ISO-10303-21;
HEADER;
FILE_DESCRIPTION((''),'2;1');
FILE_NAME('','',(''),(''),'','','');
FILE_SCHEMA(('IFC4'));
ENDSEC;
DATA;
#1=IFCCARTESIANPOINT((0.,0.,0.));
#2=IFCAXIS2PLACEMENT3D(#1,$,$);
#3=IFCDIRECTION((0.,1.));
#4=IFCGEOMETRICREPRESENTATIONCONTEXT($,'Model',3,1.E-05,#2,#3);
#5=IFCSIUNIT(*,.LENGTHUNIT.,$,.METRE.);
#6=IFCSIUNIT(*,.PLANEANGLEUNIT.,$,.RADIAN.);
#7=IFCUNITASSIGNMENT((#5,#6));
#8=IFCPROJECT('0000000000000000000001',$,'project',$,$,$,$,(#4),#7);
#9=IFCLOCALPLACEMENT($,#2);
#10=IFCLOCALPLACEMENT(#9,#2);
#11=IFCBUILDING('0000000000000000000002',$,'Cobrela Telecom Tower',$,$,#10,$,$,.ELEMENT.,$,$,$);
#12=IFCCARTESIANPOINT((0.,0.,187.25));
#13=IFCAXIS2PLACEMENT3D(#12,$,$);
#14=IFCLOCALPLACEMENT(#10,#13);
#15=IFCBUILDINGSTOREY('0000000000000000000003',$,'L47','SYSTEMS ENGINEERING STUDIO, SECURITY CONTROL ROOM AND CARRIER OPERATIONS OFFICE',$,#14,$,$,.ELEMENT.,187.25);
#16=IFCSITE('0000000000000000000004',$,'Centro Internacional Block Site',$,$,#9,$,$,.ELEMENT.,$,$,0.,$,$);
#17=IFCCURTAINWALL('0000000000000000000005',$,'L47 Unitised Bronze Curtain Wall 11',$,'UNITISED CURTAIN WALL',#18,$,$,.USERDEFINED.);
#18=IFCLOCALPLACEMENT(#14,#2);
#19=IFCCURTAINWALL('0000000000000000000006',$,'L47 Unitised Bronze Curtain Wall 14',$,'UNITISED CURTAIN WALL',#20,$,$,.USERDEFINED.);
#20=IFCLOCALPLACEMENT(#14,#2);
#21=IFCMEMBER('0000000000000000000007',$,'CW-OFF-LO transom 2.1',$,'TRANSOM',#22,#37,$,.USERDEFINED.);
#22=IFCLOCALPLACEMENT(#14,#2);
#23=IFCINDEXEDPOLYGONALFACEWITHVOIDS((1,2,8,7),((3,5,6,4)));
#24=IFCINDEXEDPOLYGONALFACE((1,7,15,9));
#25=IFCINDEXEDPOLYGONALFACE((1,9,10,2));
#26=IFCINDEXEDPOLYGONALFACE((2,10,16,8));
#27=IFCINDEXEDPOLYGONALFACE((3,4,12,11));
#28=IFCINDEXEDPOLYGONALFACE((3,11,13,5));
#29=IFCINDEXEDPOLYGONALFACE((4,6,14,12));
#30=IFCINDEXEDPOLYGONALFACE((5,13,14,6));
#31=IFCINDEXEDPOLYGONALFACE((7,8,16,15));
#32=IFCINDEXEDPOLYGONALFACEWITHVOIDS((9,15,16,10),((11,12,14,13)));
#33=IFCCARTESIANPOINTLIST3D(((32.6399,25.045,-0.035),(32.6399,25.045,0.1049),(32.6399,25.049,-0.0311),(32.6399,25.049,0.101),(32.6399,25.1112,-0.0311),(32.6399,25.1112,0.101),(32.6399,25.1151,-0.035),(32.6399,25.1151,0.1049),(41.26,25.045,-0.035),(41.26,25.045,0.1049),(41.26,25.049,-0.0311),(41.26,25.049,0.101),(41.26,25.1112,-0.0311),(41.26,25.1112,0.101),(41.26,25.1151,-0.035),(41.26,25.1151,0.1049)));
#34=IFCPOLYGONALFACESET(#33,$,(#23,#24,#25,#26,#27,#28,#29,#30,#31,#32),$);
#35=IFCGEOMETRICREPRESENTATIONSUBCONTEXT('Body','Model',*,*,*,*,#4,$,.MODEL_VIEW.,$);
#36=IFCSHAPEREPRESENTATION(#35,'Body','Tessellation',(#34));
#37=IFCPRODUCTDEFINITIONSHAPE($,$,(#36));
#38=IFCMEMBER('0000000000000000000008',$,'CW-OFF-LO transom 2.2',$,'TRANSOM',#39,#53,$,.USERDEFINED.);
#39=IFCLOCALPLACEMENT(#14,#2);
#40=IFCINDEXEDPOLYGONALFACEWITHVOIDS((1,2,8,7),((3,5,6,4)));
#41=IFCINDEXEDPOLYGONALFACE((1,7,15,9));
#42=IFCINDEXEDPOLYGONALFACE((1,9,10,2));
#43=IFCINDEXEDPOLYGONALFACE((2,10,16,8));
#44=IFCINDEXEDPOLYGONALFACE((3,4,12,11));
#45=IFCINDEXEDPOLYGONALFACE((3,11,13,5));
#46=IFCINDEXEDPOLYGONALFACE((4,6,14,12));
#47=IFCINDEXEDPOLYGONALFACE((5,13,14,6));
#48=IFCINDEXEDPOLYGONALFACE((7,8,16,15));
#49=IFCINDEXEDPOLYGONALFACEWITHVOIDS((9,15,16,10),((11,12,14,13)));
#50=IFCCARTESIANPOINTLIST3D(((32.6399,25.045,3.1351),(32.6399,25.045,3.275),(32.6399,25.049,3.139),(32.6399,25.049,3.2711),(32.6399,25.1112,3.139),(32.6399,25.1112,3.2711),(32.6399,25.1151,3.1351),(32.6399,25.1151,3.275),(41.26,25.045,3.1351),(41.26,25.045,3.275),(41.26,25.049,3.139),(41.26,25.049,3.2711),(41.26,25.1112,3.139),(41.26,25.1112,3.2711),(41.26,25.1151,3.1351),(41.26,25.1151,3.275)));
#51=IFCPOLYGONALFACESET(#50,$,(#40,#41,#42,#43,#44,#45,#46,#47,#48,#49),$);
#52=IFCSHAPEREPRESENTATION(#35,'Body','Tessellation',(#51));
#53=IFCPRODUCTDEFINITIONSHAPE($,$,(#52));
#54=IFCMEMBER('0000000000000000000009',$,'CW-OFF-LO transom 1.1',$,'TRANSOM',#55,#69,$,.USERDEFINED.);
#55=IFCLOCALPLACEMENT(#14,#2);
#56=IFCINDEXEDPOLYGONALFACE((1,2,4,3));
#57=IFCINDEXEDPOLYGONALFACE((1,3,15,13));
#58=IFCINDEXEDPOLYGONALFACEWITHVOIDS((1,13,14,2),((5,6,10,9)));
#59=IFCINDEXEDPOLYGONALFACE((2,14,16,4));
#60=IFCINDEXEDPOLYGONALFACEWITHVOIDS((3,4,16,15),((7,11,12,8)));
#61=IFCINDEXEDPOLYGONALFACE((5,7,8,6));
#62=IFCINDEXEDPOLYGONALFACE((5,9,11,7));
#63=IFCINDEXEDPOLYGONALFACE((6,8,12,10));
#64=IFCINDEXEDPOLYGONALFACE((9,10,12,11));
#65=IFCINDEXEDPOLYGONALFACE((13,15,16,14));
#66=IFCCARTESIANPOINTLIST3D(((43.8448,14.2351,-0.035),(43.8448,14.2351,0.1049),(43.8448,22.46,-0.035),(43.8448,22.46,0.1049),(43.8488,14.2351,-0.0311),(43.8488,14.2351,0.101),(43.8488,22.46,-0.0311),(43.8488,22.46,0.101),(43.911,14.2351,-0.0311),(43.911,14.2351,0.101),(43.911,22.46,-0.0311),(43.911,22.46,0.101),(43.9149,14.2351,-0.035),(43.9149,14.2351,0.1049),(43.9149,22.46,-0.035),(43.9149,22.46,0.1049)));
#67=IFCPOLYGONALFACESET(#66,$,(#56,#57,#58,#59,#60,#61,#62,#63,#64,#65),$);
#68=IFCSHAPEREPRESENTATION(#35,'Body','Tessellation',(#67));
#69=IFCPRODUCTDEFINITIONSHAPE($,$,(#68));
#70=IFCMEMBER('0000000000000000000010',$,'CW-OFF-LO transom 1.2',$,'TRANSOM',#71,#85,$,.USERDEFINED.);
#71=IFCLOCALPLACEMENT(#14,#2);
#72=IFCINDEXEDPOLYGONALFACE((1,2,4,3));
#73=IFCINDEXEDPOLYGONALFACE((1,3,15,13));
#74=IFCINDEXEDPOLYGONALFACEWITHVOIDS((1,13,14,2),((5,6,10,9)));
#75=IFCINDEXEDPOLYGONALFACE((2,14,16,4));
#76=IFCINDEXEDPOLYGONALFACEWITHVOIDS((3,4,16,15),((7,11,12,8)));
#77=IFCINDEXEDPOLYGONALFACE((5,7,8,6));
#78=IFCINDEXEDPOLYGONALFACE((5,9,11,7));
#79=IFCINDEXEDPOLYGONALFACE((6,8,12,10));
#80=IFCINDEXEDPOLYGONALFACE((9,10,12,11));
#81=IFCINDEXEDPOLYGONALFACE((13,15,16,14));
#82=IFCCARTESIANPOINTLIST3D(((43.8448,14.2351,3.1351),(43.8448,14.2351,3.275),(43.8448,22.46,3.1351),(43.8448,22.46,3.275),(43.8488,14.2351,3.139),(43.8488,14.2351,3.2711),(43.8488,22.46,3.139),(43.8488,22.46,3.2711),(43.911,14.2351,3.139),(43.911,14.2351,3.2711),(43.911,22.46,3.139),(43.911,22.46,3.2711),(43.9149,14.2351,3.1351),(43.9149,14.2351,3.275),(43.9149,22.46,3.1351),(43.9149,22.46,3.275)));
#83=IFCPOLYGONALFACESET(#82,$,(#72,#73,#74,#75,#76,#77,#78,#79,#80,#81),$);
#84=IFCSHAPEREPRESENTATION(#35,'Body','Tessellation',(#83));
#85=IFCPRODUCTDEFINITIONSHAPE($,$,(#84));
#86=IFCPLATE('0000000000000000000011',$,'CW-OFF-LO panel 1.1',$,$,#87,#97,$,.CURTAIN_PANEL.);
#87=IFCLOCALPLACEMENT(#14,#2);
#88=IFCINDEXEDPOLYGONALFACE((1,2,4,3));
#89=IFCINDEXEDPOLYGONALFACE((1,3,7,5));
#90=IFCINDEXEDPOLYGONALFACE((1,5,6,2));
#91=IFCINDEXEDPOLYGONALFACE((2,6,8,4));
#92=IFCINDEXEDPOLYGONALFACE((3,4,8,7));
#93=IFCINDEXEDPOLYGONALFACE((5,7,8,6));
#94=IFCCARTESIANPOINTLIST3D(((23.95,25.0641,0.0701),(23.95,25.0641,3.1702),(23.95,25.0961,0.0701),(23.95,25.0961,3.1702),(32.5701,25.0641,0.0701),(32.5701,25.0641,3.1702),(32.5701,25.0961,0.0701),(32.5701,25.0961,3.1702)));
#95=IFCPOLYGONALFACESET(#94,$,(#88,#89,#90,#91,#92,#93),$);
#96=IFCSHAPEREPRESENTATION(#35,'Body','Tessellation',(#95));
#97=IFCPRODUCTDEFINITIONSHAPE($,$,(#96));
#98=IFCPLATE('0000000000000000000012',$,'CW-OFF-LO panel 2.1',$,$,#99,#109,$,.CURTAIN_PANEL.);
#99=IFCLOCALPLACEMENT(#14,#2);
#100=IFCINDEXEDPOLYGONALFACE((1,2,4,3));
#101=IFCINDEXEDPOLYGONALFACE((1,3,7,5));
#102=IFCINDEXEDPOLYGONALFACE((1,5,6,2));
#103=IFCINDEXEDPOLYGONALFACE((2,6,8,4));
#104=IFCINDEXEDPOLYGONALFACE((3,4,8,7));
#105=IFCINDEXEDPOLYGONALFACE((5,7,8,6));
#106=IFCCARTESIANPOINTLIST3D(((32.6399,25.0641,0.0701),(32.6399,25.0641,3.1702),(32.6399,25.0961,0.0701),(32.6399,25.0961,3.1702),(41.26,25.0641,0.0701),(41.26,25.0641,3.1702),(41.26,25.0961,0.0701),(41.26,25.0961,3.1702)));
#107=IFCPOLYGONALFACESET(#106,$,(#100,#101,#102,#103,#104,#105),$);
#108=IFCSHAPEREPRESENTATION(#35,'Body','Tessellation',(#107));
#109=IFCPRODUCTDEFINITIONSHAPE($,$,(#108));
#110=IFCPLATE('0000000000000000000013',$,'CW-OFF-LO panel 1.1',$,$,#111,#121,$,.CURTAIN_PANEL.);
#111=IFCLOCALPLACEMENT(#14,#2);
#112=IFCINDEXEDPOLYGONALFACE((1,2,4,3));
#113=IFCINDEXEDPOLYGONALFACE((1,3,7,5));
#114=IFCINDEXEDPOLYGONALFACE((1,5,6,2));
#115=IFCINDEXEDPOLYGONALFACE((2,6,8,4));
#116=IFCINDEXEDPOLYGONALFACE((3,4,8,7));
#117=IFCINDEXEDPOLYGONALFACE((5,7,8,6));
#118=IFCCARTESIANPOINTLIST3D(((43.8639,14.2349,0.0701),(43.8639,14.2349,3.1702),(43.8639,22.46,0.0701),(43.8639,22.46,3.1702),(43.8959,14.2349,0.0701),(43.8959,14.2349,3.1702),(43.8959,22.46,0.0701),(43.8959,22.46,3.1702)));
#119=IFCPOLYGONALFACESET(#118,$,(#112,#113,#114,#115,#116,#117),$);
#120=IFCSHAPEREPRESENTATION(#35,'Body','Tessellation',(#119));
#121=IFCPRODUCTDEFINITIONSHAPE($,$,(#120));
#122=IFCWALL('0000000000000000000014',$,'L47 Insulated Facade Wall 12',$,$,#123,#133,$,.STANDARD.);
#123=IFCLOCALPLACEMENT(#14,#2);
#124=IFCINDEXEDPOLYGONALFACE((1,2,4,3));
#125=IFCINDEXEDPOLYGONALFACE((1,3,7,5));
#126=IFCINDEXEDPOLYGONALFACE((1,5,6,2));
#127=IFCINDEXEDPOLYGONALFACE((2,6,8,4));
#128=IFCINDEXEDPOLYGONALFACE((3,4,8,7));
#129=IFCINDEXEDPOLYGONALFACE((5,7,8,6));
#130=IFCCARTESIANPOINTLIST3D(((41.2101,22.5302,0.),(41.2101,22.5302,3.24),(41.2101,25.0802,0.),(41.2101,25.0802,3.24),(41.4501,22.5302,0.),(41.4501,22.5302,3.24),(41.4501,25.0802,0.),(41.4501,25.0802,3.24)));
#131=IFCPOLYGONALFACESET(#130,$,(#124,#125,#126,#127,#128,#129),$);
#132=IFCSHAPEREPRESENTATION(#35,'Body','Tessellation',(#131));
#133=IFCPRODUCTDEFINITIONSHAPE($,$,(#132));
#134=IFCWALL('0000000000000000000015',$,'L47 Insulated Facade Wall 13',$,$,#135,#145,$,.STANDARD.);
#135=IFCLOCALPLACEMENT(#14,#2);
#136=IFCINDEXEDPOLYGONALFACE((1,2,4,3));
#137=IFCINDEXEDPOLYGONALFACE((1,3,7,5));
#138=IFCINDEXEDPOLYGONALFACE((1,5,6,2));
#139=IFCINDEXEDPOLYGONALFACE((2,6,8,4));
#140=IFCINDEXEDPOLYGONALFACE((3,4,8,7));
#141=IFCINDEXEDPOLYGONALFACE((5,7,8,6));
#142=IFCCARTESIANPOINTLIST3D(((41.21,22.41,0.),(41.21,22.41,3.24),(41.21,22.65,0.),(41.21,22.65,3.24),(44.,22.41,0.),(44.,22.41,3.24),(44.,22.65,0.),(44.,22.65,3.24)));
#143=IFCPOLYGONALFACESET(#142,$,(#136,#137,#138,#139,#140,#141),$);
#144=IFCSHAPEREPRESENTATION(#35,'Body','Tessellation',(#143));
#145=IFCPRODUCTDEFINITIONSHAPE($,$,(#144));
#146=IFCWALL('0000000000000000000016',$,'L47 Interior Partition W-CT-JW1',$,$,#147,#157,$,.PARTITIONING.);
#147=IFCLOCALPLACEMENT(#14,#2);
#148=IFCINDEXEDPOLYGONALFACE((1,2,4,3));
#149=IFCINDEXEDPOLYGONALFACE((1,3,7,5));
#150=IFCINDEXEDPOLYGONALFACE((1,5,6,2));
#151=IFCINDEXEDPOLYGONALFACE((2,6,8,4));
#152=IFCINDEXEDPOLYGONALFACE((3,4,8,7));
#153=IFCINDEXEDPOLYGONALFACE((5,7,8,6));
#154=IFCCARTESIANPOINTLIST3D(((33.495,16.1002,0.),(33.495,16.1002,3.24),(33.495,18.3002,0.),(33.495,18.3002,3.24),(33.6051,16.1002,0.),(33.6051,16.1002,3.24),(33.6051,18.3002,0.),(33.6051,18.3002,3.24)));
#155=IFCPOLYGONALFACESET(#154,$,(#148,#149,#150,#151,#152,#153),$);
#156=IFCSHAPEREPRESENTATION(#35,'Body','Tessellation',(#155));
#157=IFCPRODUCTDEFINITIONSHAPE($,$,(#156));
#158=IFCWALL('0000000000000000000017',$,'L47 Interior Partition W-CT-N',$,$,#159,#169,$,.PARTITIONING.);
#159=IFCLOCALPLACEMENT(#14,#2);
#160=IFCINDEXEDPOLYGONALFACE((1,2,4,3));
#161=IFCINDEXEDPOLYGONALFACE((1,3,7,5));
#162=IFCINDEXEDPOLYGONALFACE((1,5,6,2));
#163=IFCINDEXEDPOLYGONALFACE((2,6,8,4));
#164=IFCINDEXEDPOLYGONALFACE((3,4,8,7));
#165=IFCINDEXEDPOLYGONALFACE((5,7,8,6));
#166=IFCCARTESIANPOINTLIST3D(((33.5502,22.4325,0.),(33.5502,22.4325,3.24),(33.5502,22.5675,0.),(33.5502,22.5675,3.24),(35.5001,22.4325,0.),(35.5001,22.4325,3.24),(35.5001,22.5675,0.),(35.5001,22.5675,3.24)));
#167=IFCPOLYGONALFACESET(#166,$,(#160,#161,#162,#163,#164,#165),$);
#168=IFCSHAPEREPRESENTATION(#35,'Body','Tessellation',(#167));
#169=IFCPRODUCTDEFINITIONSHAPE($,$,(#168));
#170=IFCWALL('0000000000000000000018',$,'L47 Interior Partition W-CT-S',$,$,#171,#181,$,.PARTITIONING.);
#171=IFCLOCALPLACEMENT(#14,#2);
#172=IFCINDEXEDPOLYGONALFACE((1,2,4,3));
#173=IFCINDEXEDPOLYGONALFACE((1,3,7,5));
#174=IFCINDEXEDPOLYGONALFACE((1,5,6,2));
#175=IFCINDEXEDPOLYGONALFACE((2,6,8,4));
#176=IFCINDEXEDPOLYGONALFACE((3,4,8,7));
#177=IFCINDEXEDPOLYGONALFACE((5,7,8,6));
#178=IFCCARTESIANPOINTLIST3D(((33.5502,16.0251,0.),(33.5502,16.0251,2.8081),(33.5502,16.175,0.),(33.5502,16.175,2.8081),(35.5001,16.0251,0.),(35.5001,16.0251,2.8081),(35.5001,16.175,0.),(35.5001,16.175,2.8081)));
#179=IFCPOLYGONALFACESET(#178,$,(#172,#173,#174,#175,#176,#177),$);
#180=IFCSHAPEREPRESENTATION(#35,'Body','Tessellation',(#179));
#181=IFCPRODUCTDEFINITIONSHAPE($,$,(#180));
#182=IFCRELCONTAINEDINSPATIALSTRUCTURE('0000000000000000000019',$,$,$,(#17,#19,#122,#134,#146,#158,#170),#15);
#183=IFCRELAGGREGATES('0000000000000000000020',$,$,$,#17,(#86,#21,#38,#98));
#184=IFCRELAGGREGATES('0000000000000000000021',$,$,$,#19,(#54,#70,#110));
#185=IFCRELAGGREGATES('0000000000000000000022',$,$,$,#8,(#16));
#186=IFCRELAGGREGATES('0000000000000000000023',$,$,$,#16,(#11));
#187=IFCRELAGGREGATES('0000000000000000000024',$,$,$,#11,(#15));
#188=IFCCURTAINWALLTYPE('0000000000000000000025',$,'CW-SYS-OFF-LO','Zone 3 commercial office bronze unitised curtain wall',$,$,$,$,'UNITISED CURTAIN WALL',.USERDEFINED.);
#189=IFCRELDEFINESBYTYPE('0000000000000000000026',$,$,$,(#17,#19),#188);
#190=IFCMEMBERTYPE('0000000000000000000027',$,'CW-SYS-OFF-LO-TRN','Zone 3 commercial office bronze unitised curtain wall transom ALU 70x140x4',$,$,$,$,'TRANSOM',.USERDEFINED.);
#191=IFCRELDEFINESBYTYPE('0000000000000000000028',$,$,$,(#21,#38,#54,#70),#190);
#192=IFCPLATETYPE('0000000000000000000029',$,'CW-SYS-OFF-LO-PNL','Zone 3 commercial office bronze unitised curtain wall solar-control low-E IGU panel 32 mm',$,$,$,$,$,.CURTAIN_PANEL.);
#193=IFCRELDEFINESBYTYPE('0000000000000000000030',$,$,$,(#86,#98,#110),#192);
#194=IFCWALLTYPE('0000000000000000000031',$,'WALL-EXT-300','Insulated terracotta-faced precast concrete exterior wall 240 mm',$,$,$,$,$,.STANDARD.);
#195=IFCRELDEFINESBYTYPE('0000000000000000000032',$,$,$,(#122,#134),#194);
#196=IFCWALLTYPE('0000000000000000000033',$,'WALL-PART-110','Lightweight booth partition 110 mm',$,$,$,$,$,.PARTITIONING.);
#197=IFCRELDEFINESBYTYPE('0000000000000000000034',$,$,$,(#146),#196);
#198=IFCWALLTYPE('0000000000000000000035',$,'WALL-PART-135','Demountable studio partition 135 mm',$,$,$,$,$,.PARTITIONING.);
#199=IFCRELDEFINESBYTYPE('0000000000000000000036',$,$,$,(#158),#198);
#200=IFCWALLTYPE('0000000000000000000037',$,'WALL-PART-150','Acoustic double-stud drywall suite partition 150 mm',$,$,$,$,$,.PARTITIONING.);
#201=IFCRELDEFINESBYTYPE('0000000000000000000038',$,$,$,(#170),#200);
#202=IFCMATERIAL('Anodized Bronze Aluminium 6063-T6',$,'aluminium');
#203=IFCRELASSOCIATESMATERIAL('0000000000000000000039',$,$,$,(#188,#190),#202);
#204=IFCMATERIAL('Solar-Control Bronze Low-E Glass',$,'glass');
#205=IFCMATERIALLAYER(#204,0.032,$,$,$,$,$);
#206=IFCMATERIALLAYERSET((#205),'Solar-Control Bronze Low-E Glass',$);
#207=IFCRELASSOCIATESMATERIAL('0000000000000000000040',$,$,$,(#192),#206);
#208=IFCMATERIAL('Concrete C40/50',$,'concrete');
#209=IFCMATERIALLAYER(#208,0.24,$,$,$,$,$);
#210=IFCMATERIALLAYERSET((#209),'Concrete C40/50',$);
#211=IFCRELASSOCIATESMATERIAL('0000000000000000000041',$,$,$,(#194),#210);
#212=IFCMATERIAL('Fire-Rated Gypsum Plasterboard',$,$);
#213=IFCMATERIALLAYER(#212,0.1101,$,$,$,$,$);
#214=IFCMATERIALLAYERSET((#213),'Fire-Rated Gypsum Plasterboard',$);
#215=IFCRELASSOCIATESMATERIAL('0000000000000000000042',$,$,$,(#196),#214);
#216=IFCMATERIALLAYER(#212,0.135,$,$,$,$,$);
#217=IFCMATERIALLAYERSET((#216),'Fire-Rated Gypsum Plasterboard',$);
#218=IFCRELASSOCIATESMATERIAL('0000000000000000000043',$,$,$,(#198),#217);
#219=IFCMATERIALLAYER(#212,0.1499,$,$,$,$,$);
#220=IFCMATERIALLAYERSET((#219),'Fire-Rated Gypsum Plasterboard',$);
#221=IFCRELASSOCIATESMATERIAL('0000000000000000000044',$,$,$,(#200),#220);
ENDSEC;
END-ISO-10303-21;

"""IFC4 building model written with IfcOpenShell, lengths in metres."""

from ifc_helpers import new_model, si_unit, direction, frame, frame_2d, origin, origin_2d, place, context, subcontext, project, spatial, rectangle, hollow_rectangle, extrude, material, layer, layer_set, material_profile, profile_set, type_object, element, aggregate, save


model = new_model("IFC4")

# Units and contexts
model_context = context("Model", 3, precision=1e-05, world=origin(), true_north=direction((0.0, 1.0)))
body_context = subcontext(model_context, "Body", "Model", "MODEL_VIEW")
ifc_project = project(units=[si_unit("LENGTHUNIT", "METRE"), si_unit("PLANEANGLEUNIT", "RADIAN")], contexts=[model_context])

# Site, building, storey
site_placement = place(None, origin())
site = spatial("IfcSite", under=ifc_project, at=site_placement, Name="Centro Internacional Block Site", CompositionType="ELEMENT", RefElevation=0.0)
building_placement = place(site_placement, origin())
building = spatial("IfcBuilding", under=site, at=building_placement, Name="Cobrela Telecom Tower", CompositionType="ELEMENT")
storey_placement = place(building_placement, frame((0.0, 0.0, 187.25)))
storey = spatial("IfcBuildingStorey", under=building, at=storey_placement, Name="L47", Description="SYSTEMS ENGINEERING STUDIO, SECURITY CONTROL ROOM AND CARRIER OPERATIONS OFFICE", CompositionType="ELEMENT", Elevation=187.25)

# Curtain wall
ifc_material_1 = material(Name="Anodized Bronze Aluminium 6063-T6", Category="aluminium")
curtain_wall_type = type_object("IfcCurtainWallType", Name="CW-SYS-OFF-LO", Description="Zone 3 commercial office bronze unitised curtain wall", ElementType="UNITISED CURTAIN WALL", PredefinedType="USERDEFINED", material=ifc_material_1)
curtain_wall_1_placement = place(storey_placement, origin())
curtain_wall_1 = element("IfcCurtainWall", 1, at=curtain_wall_1_placement, inside=storey, type_object=curtain_wall_type, Name="L47 Unitised Bronze Curtain Wall 11", ObjectType="UNITISED CURTAIN WALL", PredefinedType="USERDEFINED")

# Curtain wall
curtain_wall_2_placement = place(storey_placement, origin())
curtain_wall_2 = element("IfcCurtainWall", 2, at=curtain_wall_2_placement, inside=storey, type_object=curtain_wall_type, Name="L47 Unitised Bronze Curtain Wall 14", ObjectType="UNITISED CURTAIN WALL", PredefinedType="USERDEFINED")

# Members
ifc_material_profile_1 = material_profile(ifc_material_1, hollow_rectangle(XDim=0.0701, YDim=0.1399, WallThickness=0.0039, at=origin_2d()), Name="ALU 70x140x4")
ifc_profile_set_1 = profile_set([ifc_material_profile_1], Name="Anodized Bronze Aluminium 6063-T6")
member_type_1 = type_object("IfcMemberType", Name="CW-SYS-OFF-LO-TRN", Description="Zone 3 commercial office bronze unitised curtain wall transom ALU 70x140x4", ElementType="TRANSOM", PredefinedType="USERDEFINED", material=ifc_profile_set_1)
member_1_placement = place(storey_placement, frame((32.6399, 25.0801, 0.0349), z_axis=(1.0, 0.0, 0.0), x_axis=(0.0, 1.0, 0.0)))
member_1 = element("IfcMember", 3, at=member_1_placement, type_object=member_type_1, Name="CW-OFF-LO transom 2.1", ObjectType="TRANSOM", PredefinedType="USERDEFINED", context=body_context, shape_type="SweptSolid", body=[
    extrude(hollow_rectangle(XDim=0.0701, YDim=0.1399, WallThickness=0.0039, at=origin_2d()), origin(), (0.0, 0.0, 1.0), 8.6201),
])
member_2_placement = place(storey_placement, frame((32.6399, 25.0801, 3.2051), z_axis=(1.0, 0.0, 0.0), x_axis=(0.0, 1.0, 0.0)))
member_2 = element("IfcMember", 4, at=member_2_placement, type_object=member_type_1, Name="CW-OFF-LO transom 2.2", ObjectType="TRANSOM", PredefinedType="USERDEFINED", context=body_context, shape_type="SweptSolid", body=[
    extrude(hollow_rectangle(XDim=0.0701, YDim=0.1399, WallThickness=0.0039, at=origin_2d()), origin(), (0.0, 0.0, 1.0), 8.6201),
])
member_3_placement = place(storey_placement, frame((43.8799, 22.46, 0.0349), z_axis=(0.0, -1.0, 0.0), x_axis=(1.0, 0.0, 0.0)))
member_3 = element("IfcMember", 5, at=member_3_placement, type_object=member_type_1, Name="CW-OFF-LO transom 1.1", ObjectType="TRANSOM", PredefinedType="USERDEFINED", context=body_context, shape_type="SweptSolid", body=[
    extrude(hollow_rectangle(XDim=0.0701, YDim=0.1399, WallThickness=0.0039, at=origin_2d()), origin(), (0.0, 0.0, 1.0), 8.2249),
])
member_4_placement = place(storey_placement, frame((43.8799, 22.46, 3.2051), z_axis=(0.0, -1.0, 0.0), x_axis=(1.0, 0.0, 0.0)))
member_4 = element("IfcMember", 6, at=member_4_placement, type_object=member_type_1, Name="CW-OFF-LO transom 1.2", ObjectType="TRANSOM", PredefinedType="USERDEFINED", context=body_context, shape_type="SweptSolid", body=[
    extrude(hollow_rectangle(XDim=0.0701, YDim=0.1399, WallThickness=0.0039, at=origin_2d()), origin(), (0.0, 0.0, 1.0), 8.2249),
])

# Plates
ifc_material_2 = material(Name="Solar-Control Bronze Low-E Glass", Category="glass")
ifc_layer_1 = layer(ifc_material_2, 0.032)
ifc_layer_set_1 = layer_set([ifc_layer_1], Name="Solar-Control Bronze Low-E Glass")
plate_type = type_object("IfcPlateType", Name="CW-SYS-OFF-LO-PNL", Description="Zone 3 commercial office bronze unitised curtain wall solar-control low-E IGU panel 32 mm", PredefinedType="CURTAIN_PANEL", material=ifc_layer_set_1)
plate_1_placement = place(storey_placement, frame((28.26, 25.0801, 0.0701), z_axis=(0.0, 0.0, 1.0), x_axis=(1.0, 0.0, 0.0)))
plate_1 = element("IfcPlate", 7, at=plate_1_placement, type_object=plate_type, Name="CW-OFF-LO panel 1.1", PredefinedType="CURTAIN_PANEL", context=body_context, shape_type="SweptSolid", body=[
    extrude(rectangle(XDim=8.6201, YDim=0.032, at=origin_2d()), origin(), (0.0, 0.0, 1.0), 3.1001),
])
plate_2_placement = place(storey_placement, frame((36.95, 25.0801, 0.0701), z_axis=(0.0, 0.0, 1.0), x_axis=(1.0, 0.0, 0.0)))
plate_2 = element("IfcPlate", 8, at=plate_2_placement, type_object=plate_type, Name="CW-OFF-LO panel 2.1", PredefinedType="CURTAIN_PANEL", context=body_context, shape_type="SweptSolid", body=[
    extrude(rectangle(XDim=8.6201, YDim=0.032, at=origin_2d()), origin(), (0.0, 0.0, 1.0), 3.1001),
])
aggregate(curtain_wall_1, [plate_1, member_1, member_2, plate_2])
plate_3_placement = place(storey_placement, frame((43.8799, 18.3474, 0.0701), z_axis=(0.0, 0.0, 1.0), x_axis=(0.0, -1.0, 0.0)))
plate_3 = element("IfcPlate", 9, at=plate_3_placement, type_object=plate_type, Name="CW-OFF-LO panel 1.1", PredefinedType="CURTAIN_PANEL", context=body_context, shape_type="SweptSolid", body=[
    extrude(rectangle(XDim=8.2251, YDim=0.032, at=origin_2d()), origin(), (0.0, 0.0, 1.0), 3.1001),
])
aggregate(curtain_wall_2, [member_3, member_4, plate_3])

# Walls
ifc_material_3 = material(Name="Concrete C40/50", Category="concrete")
ifc_layer_2 = layer(ifc_material_3, 0.24)
ifc_layer_set_2 = layer_set([ifc_layer_2], Name="Concrete C40/50")
wall_type_1 = type_object("IfcWallType", Name="WALL-EXT-300", Description="Insulated terracotta-faced precast concrete exterior wall 240 mm", PredefinedType="STANDARD", material=ifc_layer_set_2)
wall_1_placement = place(storey_placement, frame((41.3301, 25.0801, 0.0), z_axis=(0.0, 0.0, 1.0), x_axis=(0.0, -1.0, 0.0)))
element("IfcWall", 10, at=wall_1_placement, inside=storey, type_object=wall_type_1, Name="L47 Insulated Facade Wall 12", PredefinedType="STANDARD", context=body_context, shape_type="SweptSolid", body=[
    extrude(rectangle(XDim=2.55, YDim=0.24, at=frame_2d((1.2749, 0.0))), origin(), (0.0, 0.0, 1.0), 3.24),
])
wall_2_placement = place(storey_placement, frame((41.21, 22.53, 0.0), z_axis=(0.0, 0.0, 1.0), x_axis=(1.0, 0.0, 0.0)))
element("IfcWall", 11, at=wall_2_placement, inside=storey, type_object=wall_type_1, Name="L47 Insulated Facade Wall 13", PredefinedType="STANDARD", context=body_context, shape_type="SweptSolid", body=[
    extrude(rectangle(XDim=2.79, YDim=0.24, at=frame_2d((1.395, 0.0))), origin(), (0.0, 0.0, 1.0), 3.24),
])
ifc_material_4 = material(Name="Fire-Rated Gypsum Plasterboard")
ifc_layer_3 = layer(ifc_material_4, 0.1101)
ifc_layer_set_3 = layer_set([ifc_layer_3], Name="Fire-Rated Gypsum Plasterboard")
wall_type_2 = type_object("IfcWallType", Name="WALL-PART-110", Description="Lightweight booth partition 110 mm", PredefinedType="PARTITIONING", material=ifc_layer_set_3)
wall_3_placement = place(storey_placement, frame((33.55, 16.1001, 0.0), z_axis=(0.0, 0.0, 1.0), x_axis=(0.0, 1.0, 0.0)))
element("IfcWall", 12, at=wall_3_placement, inside=storey, type_object=wall_type_2, Name="L47 Interior Partition W-CT-JW1", PredefinedType="PARTITIONING", context=body_context, shape_type="SweptSolid", body=[
    extrude(rectangle(XDim=2.2, YDim=0.1101, at=frame_2d((1.1001, 0.0))), origin(), (0.0, 0.0, 1.0), 3.24),
])
ifc_layer_4 = layer(ifc_material_4, 0.135)
ifc_layer_set_4 = layer_set([ifc_layer_4], Name="Fire-Rated Gypsum Plasterboard")
wall_type_3 = type_object("IfcWallType", Name="WALL-PART-135", Description="Demountable studio partition 135 mm", PredefinedType="PARTITIONING", material=ifc_layer_set_4)
wall_4_placement = place(storey_placement, frame((33.55, 22.5, 0.0), z_axis=(0.0, 0.0, 1.0), x_axis=(1.0, 0.0, 0.0)))
element("IfcWall", 13, at=wall_4_placement, inside=storey, type_object=wall_type_3, Name="L47 Interior Partition W-CT-N", PredefinedType="PARTITIONING", context=body_context, shape_type="SweptSolid", body=[
    extrude(rectangle(XDim=1.95, YDim=0.135, at=frame_2d((0.9751, 0.0))), origin(), (0.0, 0.0, 1.0), 3.24),
])
ifc_layer_5 = layer(ifc_material_4, 0.1499)
ifc_layer_set_5 = layer_set([ifc_layer_5], Name="Fire-Rated Gypsum Plasterboard")
wall_type_4 = type_object("IfcWallType", Name="WALL-PART-150", Description="Acoustic double-stud drywall suite partition 150 mm", PredefinedType="PARTITIONING", material=ifc_layer_set_5)
wall_5_placement = place(storey_placement, frame((33.55, 16.1001, 0.0), z_axis=(0.0, 0.0, 1.0), x_axis=(1.0, 0.0, 0.0)))
element("IfcWall", 14, at=wall_5_placement, inside=storey, type_object=wall_type_4, Name="L47 Interior Partition W-CT-S", PredefinedType="PARTITIONING", context=body_context, shape_type="SweptSolid", body=[
    extrude(rectangle(XDim=1.95, YDim=0.1499, at=frame_2d((0.9751, 0.0))), origin(), (0.0, 0.0, 1.0), 2.8081),
])

save(model, "model.ifc")
